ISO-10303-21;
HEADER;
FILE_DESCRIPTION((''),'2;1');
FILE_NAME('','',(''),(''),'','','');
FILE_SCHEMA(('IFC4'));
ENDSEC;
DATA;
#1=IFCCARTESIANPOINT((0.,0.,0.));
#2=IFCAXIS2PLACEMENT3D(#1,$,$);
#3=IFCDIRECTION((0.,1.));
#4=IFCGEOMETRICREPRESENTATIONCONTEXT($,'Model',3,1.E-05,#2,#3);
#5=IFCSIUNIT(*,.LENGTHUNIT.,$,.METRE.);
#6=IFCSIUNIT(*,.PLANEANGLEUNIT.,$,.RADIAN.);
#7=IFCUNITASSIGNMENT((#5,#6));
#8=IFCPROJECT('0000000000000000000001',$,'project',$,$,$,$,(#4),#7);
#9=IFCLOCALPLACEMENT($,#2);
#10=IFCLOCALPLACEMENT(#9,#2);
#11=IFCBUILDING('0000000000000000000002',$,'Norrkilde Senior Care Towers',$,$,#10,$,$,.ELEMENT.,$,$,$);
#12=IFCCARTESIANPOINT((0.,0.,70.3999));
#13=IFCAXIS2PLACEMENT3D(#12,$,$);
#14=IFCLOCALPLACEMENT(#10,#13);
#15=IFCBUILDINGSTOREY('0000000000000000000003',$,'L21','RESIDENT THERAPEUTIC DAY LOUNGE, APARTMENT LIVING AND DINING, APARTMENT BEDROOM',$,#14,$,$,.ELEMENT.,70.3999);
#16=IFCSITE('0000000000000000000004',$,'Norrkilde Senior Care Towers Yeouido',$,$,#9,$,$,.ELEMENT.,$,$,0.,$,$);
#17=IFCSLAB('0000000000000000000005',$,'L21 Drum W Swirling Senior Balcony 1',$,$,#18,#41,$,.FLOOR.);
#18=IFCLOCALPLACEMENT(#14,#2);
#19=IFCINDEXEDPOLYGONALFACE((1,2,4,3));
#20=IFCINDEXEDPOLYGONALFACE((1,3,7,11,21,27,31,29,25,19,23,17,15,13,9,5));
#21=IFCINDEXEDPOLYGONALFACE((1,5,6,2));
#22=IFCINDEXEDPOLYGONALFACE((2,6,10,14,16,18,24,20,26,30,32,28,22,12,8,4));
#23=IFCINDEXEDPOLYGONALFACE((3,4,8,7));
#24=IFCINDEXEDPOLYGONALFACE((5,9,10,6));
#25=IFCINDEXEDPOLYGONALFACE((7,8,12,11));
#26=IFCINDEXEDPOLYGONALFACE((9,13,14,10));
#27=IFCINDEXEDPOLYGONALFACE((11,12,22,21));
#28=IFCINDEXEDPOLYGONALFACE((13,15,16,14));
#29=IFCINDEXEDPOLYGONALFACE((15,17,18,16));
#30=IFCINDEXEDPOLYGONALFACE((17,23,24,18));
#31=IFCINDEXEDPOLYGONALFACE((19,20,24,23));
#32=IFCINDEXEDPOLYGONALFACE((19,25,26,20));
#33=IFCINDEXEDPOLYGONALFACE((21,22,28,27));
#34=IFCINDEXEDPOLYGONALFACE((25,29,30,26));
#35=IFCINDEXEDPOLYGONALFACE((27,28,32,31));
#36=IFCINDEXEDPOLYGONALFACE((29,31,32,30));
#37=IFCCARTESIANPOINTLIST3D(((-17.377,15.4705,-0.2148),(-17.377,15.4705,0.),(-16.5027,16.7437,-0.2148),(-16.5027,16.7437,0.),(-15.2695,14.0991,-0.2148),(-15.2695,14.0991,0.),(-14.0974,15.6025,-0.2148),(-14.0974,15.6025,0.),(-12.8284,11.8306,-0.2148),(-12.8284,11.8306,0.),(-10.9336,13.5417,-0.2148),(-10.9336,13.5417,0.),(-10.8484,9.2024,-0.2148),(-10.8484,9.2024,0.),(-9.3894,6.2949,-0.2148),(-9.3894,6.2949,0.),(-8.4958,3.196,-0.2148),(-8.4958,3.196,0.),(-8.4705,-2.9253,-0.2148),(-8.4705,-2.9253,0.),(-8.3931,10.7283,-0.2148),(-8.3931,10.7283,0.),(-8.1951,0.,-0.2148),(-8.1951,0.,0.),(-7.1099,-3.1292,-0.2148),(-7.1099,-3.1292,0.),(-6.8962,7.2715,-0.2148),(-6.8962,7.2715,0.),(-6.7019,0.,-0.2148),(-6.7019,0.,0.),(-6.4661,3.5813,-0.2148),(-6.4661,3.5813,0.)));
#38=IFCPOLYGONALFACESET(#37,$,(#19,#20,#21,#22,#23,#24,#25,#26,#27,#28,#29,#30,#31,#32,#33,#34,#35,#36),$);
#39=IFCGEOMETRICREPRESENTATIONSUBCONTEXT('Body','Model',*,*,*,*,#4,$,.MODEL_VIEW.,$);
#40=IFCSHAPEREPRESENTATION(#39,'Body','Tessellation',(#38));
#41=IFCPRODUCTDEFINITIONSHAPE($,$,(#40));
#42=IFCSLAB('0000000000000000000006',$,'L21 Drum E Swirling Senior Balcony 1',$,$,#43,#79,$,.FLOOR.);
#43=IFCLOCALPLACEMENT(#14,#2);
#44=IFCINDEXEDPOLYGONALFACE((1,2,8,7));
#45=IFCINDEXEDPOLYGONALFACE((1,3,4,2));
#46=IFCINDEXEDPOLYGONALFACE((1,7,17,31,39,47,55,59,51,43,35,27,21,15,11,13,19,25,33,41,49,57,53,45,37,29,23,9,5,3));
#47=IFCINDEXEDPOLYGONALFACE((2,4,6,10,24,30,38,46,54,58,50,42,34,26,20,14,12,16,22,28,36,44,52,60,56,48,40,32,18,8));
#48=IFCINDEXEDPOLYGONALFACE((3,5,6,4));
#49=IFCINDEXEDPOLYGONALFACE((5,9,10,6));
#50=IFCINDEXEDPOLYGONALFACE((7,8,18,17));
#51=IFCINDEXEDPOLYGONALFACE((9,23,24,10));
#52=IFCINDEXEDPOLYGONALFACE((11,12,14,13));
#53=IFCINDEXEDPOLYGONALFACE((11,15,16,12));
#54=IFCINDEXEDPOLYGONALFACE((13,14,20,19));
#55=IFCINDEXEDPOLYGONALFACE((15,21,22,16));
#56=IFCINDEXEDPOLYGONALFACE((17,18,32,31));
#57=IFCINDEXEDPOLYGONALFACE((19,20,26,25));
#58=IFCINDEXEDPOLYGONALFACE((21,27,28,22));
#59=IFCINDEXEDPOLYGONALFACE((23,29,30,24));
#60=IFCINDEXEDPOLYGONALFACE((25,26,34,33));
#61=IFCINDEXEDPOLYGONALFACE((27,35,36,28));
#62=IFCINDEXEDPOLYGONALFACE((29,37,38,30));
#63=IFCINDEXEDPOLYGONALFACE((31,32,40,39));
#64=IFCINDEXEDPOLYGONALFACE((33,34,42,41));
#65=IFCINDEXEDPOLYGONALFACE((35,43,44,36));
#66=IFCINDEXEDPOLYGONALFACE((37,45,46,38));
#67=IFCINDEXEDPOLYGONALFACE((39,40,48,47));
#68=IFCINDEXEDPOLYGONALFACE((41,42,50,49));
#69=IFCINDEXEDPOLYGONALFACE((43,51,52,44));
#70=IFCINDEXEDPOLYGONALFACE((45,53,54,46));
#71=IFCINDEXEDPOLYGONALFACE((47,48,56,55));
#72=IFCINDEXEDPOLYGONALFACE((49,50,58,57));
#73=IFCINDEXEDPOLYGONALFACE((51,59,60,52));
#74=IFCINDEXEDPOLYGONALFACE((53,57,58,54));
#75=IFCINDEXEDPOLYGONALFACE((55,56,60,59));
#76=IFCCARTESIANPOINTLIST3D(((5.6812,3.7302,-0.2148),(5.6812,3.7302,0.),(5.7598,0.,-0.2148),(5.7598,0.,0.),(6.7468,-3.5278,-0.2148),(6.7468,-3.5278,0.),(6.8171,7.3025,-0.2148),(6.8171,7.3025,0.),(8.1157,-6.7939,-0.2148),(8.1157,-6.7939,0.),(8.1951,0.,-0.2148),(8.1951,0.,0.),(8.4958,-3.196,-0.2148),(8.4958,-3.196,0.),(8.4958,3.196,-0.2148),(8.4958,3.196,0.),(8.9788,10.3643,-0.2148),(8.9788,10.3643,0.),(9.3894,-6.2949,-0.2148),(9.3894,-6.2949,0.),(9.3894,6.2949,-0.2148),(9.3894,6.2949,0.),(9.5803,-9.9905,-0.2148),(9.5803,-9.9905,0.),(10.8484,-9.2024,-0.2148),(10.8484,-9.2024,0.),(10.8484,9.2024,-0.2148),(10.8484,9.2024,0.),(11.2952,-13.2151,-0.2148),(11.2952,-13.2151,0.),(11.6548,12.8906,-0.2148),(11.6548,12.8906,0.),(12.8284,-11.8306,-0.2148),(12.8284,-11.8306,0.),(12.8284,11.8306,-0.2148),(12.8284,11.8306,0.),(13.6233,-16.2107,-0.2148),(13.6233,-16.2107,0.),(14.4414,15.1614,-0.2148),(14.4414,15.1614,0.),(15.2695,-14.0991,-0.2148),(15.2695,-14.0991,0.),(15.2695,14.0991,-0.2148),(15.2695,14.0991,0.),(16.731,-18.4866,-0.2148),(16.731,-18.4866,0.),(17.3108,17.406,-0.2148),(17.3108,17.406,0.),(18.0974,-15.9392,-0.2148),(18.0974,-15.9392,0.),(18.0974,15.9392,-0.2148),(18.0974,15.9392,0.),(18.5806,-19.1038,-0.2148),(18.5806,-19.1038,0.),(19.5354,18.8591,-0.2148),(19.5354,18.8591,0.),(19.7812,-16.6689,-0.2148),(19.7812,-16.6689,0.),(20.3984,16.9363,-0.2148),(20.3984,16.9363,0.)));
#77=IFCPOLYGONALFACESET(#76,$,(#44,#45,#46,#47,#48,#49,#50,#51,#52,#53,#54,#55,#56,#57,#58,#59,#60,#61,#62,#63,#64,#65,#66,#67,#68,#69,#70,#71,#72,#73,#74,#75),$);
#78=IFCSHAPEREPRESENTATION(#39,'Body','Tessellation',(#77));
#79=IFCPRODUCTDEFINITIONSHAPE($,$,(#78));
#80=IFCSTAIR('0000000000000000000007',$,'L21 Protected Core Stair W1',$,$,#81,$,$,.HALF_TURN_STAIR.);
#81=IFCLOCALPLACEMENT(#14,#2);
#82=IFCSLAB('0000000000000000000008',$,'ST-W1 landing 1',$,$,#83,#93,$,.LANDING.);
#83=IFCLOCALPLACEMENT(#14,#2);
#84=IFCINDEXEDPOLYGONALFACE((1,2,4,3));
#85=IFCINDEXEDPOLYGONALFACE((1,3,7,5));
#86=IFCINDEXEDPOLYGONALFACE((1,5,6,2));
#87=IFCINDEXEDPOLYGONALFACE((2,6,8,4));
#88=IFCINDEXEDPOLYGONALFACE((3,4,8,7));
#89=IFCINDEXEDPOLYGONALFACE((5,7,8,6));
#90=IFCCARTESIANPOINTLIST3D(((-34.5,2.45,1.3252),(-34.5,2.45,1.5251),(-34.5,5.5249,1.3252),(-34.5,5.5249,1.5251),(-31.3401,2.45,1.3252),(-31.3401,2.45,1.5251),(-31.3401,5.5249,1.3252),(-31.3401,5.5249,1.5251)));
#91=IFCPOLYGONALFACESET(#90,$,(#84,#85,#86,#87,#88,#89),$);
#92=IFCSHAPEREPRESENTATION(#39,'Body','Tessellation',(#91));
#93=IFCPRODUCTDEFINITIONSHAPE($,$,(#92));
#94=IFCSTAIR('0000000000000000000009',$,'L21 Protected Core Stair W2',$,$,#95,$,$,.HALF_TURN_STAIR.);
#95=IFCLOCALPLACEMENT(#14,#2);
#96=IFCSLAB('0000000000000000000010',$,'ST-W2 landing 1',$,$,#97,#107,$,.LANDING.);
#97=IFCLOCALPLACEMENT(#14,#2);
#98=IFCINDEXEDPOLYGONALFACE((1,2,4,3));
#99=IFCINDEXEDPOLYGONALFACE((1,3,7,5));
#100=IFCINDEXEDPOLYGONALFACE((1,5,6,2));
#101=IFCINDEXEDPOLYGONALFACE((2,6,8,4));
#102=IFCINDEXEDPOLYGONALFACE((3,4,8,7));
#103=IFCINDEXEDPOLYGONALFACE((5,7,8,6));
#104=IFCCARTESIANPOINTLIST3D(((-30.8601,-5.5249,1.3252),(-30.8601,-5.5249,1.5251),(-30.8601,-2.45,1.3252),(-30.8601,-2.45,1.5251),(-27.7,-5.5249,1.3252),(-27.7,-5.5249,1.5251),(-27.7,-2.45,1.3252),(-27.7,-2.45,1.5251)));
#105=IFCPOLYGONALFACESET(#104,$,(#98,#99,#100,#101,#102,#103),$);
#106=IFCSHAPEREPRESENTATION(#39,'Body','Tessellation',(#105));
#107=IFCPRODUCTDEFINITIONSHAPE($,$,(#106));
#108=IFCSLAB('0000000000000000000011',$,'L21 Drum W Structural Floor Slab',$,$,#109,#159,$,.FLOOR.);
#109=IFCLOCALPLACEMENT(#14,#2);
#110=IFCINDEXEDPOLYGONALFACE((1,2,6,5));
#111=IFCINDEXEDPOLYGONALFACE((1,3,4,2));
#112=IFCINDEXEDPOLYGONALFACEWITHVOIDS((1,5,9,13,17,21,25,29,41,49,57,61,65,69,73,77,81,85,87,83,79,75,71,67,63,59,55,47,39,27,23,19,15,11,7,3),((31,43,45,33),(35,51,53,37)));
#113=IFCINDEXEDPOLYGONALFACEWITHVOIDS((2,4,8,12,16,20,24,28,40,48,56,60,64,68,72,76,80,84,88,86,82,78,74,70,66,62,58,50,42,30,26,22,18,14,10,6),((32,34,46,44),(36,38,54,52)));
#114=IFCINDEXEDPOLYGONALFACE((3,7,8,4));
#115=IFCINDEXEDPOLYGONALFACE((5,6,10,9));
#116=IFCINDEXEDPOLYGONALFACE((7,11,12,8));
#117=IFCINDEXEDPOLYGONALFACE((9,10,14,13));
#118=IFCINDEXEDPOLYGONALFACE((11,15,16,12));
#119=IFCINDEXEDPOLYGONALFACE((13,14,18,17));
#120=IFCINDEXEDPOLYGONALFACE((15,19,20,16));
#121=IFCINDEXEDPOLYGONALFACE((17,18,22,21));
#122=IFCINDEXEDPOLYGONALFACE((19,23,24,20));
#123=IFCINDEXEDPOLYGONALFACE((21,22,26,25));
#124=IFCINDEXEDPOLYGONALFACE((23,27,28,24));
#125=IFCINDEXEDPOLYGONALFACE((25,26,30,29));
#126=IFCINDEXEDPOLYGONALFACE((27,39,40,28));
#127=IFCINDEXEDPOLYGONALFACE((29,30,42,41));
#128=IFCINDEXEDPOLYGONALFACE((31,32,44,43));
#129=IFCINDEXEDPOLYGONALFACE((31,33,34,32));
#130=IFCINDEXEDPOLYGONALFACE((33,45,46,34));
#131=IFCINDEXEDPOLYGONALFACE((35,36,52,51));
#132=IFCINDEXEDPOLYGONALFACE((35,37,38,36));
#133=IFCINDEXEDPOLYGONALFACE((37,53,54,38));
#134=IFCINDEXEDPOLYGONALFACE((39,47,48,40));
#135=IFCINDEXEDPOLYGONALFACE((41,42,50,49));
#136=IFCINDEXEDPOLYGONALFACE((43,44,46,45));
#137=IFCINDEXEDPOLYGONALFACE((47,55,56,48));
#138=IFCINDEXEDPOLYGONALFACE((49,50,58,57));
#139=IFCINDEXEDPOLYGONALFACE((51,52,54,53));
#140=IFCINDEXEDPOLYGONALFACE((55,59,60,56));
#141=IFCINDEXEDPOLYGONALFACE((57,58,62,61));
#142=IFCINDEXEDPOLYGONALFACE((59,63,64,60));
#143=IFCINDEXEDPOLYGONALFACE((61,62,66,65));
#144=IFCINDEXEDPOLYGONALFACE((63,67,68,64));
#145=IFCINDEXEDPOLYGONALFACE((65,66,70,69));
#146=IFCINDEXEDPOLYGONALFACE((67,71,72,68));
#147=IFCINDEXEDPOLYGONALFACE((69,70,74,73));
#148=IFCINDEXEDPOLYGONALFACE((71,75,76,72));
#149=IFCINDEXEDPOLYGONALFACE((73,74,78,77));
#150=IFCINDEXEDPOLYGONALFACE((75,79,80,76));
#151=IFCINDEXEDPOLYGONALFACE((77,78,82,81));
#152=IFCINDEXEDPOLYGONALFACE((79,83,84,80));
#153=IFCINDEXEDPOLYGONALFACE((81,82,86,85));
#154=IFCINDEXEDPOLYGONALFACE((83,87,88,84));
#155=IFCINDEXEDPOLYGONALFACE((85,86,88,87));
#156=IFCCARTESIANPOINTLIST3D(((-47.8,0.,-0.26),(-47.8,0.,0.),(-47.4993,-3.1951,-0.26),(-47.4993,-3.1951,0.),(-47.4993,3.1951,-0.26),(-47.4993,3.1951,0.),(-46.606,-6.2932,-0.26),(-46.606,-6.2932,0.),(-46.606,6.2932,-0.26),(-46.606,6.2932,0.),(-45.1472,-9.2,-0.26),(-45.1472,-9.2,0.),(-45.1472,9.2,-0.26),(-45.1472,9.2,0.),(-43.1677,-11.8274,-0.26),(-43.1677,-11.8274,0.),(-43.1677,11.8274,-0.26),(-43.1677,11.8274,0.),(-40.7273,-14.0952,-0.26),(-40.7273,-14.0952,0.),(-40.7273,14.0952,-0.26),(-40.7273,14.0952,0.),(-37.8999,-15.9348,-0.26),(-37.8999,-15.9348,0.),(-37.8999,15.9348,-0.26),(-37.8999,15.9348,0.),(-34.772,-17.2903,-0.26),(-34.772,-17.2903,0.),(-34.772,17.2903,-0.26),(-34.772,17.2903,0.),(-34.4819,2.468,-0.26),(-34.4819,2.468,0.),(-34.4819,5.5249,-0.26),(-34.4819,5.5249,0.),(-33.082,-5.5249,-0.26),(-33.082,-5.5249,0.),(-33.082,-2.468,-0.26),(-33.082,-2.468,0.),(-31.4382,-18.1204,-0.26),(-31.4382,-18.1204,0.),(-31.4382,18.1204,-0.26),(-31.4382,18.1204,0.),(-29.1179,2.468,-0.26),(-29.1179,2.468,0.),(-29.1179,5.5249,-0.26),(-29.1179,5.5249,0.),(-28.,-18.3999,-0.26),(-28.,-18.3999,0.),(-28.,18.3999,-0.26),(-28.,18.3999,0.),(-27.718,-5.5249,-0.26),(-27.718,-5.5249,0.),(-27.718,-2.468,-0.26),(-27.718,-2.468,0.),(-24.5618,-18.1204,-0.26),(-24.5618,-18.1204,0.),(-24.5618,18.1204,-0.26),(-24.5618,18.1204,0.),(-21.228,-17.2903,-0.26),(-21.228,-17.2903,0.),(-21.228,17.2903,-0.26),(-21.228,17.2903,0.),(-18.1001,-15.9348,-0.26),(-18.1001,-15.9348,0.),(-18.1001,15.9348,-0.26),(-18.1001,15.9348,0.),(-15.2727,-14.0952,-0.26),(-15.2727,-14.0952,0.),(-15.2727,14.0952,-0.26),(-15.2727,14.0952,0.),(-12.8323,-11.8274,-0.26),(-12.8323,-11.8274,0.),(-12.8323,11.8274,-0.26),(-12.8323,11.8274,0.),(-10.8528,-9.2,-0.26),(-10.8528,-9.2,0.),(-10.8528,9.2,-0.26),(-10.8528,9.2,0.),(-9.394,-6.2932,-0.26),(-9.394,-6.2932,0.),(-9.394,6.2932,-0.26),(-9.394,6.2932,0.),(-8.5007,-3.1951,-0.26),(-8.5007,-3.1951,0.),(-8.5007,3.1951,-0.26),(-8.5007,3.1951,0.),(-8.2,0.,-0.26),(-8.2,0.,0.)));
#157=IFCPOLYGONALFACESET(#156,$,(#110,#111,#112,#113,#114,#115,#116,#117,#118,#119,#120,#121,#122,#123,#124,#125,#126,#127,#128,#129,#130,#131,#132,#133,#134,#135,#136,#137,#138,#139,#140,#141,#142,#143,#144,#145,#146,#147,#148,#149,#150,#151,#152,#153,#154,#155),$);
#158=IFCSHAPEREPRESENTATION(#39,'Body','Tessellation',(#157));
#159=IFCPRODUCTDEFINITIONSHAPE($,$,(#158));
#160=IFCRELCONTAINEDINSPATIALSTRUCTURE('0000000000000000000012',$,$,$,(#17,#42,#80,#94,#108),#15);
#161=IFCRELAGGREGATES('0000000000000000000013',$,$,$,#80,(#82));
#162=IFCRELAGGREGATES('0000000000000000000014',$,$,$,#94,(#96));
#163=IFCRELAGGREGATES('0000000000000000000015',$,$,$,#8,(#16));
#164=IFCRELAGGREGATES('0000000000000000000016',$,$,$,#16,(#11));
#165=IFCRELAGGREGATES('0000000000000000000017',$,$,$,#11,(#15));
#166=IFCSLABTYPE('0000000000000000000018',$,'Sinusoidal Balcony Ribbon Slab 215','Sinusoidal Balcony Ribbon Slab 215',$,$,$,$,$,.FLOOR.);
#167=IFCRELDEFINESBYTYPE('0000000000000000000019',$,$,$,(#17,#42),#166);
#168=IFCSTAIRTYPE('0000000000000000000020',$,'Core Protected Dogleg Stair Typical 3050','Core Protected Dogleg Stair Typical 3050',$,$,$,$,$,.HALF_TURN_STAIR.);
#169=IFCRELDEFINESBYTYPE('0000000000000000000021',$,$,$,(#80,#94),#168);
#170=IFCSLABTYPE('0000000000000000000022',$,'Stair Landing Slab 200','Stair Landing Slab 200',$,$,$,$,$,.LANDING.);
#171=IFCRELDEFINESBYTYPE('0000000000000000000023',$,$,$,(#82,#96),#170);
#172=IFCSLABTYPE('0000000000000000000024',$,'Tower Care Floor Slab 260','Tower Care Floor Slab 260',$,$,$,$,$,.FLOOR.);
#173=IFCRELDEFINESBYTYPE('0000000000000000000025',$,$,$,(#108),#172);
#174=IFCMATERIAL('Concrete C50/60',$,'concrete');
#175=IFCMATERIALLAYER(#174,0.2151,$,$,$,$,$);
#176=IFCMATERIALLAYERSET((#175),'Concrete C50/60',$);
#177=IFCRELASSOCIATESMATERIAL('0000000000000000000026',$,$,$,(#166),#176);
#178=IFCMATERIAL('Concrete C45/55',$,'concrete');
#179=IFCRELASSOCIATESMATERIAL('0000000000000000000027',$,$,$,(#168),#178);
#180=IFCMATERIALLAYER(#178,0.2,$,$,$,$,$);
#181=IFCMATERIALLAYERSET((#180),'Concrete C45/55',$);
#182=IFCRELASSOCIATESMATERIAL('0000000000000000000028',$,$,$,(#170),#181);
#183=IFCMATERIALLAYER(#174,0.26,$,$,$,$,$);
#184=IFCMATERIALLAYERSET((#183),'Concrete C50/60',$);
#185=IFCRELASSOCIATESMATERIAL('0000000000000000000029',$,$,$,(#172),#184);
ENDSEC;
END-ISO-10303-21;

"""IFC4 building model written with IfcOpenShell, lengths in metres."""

from ifc_helpers import new_model, si_unit, direction, frame, origin, place, context, subcontext, project, spatial, polyline, outline, extrude, material, layer, layer_set, type_object, element, aggregate, save


model = new_model("IFC4")

# Units and contexts
model_context = context("Model", 3, precision=1e-05, world=origin(), true_north=direction((0.0, 1.0)))
body_context = subcontext(model_context, "Body", "Model", "MODEL_VIEW")
ifc_project = project(units=[si_unit("LENGTHUNIT", "METRE"), si_unit("PLANEANGLEUNIT", "RADIAN")], contexts=[model_context])

# Site, building, storey
site_placement = place(None, origin())
site = spatial("IfcSite", under=ifc_project, at=site_placement, Name="Norrkilde Senior Care Towers Yeouido", CompositionType="ELEMENT", RefElevation=0.0)
building_placement = place(site_placement, origin())
building = spatial("IfcBuilding", under=site, at=building_placement, Name="Norrkilde Senior Care Towers", CompositionType="ELEMENT")
storey_placement = place(building_placement, frame((0.0, 0.0, 70.3999)))
storey = spatial("IfcBuildingStorey", under=building, at=storey_placement, Name="L21", Description="RESIDENT THERAPEUTIC DAY LOUNGE, APARTMENT LIVING AND DINING, APARTMENT BEDROOM", CompositionType="ELEMENT", Elevation=70.3999)

# Slabs
ifc_material_1 = material(Name="Concrete C50/60", Category="concrete")
ifc_layer_1 = layer(ifc_material_1, 0.2151)
ifc_layer_set_1 = layer_set([ifc_layer_1], Name="Concrete C50/60")
slab_type_1 = type_object("IfcSlabType", Name="Sinusoidal Balcony Ribbon Slab 215", Description="Sinusoidal Balcony Ribbon Slab 215", PredefinedType="FLOOR", material=ifc_layer_set_1)
slab_1_placement = place(storey_placement, frame((0.0, 0.0, -0.2148)))
element("IfcSlab", 1, at=slab_1_placement, inside=storey, type_object=slab_type_1, Name="L21 Drum W Swirling Senior Balcony 1", PredefinedType="FLOOR", context=body_context, shape_type="SweptSolid", body=[
    extrude(outline(polyline([(-10.9336, 13.5417), (-8.3931, 10.7283), (-6.8962, 7.2715), (-6.4661, 3.5813), (-6.7019, 0.0), (-7.1099, -3.1292), (-8.4705, -2.9253), (-8.1951, 0.0), (-8.4958, 3.196), (-9.3894, 6.2949), (-10.8484, 9.2024), (-12.8284, 11.8306), (-15.2695, 14.0991), (-17.377, 15.4705), (-16.5027, 16.7437), (-14.0974, 15.6025), (-10.9336, 13.5417)])), origin(), (0.0, 0.0, 1.0), 0.2148),
])
slab_2_placement = place(storey_placement, frame((0.0, 0.0, -0.2148)))
element("IfcSlab", 2, at=slab_2_placement, inside=storey, type_object=slab_type_1, Name="L21 Drum E Swirling Senior Balcony 1", PredefinedType="FLOOR", context=body_context, shape_type="SweptSolid", body=[
    extrude(outline(polyline([(13.6233, -16.2107), (11.2952, -13.2151), (9.5803, -9.9905), (8.1157, -6.7939), (6.7468, -3.5278), (5.7598, 0.0), (5.6812, 3.7302), (6.8171, 7.3025), (8.9788, 10.3643), (11.6548, 12.8906), (14.4414, 15.1614), (17.3108, 17.406), (19.5354, 18.8591), (20.3984, 16.9363), (18.0974, 15.9392), (15.2695, 14.0991), (12.8284, 11.8306), (10.8484, 9.2024), (9.3894, 6.2949), (8.4958, 3.196), (8.1951, 0.0), (8.4958, -3.196), (9.3894, -6.2949), (10.8484, -9.2024), (12.8284, -11.8306), (15.2695, -14.0991), (18.0974, -15.9392), (19.7812, -16.6689), (18.5806, -19.1038), (16.731, -18.4866), (13.6233, -16.2107)])), origin(), (0.0, 0.0, 1.0), 0.2148),
])

# Stairs, slabs
ifc_material_2 = material(Name="Concrete C45/55", Category="concrete")
stair_type = type_object("IfcStairType", Name="Core Protected Dogleg Stair Typical 3050", Description="Core Protected Dogleg Stair Typical 3050", PredefinedType="HALF_TURN_STAIR", material=ifc_material_2)
stair_1_placement = place(storey_placement, origin())
stair_1 = element("IfcStair", 3, at=stair_1_placement, inside=storey, type_object=stair_type, Name="L21 Protected Core Stair W1", PredefinedType="HALF_TURN_STAIR")
ifc_layer_2 = layer(ifc_material_2, 0.2)
ifc_layer_set_2 = layer_set([ifc_layer_2], Name="Concrete C45/55")
slab_type_2 = type_object("IfcSlabType", Name="Stair Landing Slab 200", Description="Stair Landing Slab 200", PredefinedType="LANDING", material=ifc_layer_set_2)
slab_3_placement = place(storey_placement, frame((0.0, 0.0, 1.3252)))
slab_3 = element("IfcSlab", 4, at=slab_3_placement, type_object=slab_type_2, Name="ST-W1 landing 1", PredefinedType="LANDING", context=body_context, shape_type="SweptSolid", body=[
    extrude(outline(polyline([(-31.3401, 5.5249), (-34.5, 5.5249), (-34.5, 2.45), (-31.3401, 2.45), (-31.3401, 5.5249)])), origin(), (0.0, 0.0, 1.0), 0.2),
])
aggregate(stair_1, [slab_3])
stair_2_placement = place(storey_placement, origin())
stair_2 = element("IfcStair", 5, at=stair_2_placement, inside=storey, type_object=stair_type, Name="L21 Protected Core Stair W2", PredefinedType="HALF_TURN_STAIR")
slab_4_placement = place(storey_placement, frame((0.0, 0.0, 1.3252)))
slab_4 = element("IfcSlab", 6, at=slab_4_placement, type_object=slab_type_2, Name="ST-W2 landing 1", PredefinedType="LANDING", context=body_context, shape_type="SweptSolid", body=[
    extrude(outline(polyline([(-30.8601, -5.5249), (-27.7, -5.5249), (-27.7, -2.45), (-30.8601, -2.45), (-30.8601, -5.5249)])), origin(), (0.0, 0.0, 1.0), 0.2),
])
aggregate(stair_2, [slab_4])

# Slab
ifc_layer_3 = layer(ifc_material_1, 0.26)
ifc_layer_set_3 = layer_set([ifc_layer_3], Name="Concrete C50/60")
slab_type_3 = type_object("IfcSlabType", Name="Tower Care Floor Slab 260", Description="Tower Care Floor Slab 260", PredefinedType="FLOOR", material=ifc_layer_set_3)
slab_5_placement = place(storey_placement, frame((0.0, 0.0, -0.26)))
element("IfcSlab", 7, at=slab_5_placement, inside=storey, type_object=slab_type_3, Name="L21 Drum W Structural Floor Slab", PredefinedType="FLOOR", context=body_context, shape_type="SweptSolid", body=[
    extrude(outline(polyline([(-9.394, -6.2932), (-10.8528, -9.2), (-12.8323, -11.8274), (-15.2727, -14.0952), (-18.1001, -15.9348), (-21.228, -17.2903), (-24.5618, -18.1204), (-28.0, -18.3999), (-31.4382, -18.1204), (-34.772, -17.2903), (-37.8999, -15.9348), (-40.7273, -14.0952), (-43.1677, -11.8274), (-45.1472, -9.2), (-46.606, -6.2932), (-47.4993, -3.1951), (-47.8, 0.0), (-47.4993, 3.1951), (-46.606, 6.2932), (-45.1472, 9.2), (-43.1677, 11.8274), (-40.7273, 14.0952), (-37.8999, 15.9348), (-34.772, 17.2903), (-31.4382, 18.1204), (-28.0, 18.3999), (-24.5618, 18.1204), (-21.228, 17.2903), (-18.1001, 15.9348), (-15.2727, 14.0952), (-12.8323, 11.8274), (-10.8528, 9.2), (-9.394, 6.2932), (-8.5007, 3.1951), (-8.2, 0.0), (-8.5007, -3.1951), (-9.394, -6.2932)]), holes=[polyline([(-34.4819, 2.468), (-29.1179, 2.468), (-29.1179, 5.5249), (-34.4819, 5.5249), (-34.4819, 2.468)]), polyline([(-27.718, -5.5249), (-27.718, -2.468), (-33.082, -2.468), (-33.082, -5.5249), (-27.718, -5.5249)])]), origin(), (0.0, 0.0, 1.0), 0.26),
])

save(model, "model.ifc")
